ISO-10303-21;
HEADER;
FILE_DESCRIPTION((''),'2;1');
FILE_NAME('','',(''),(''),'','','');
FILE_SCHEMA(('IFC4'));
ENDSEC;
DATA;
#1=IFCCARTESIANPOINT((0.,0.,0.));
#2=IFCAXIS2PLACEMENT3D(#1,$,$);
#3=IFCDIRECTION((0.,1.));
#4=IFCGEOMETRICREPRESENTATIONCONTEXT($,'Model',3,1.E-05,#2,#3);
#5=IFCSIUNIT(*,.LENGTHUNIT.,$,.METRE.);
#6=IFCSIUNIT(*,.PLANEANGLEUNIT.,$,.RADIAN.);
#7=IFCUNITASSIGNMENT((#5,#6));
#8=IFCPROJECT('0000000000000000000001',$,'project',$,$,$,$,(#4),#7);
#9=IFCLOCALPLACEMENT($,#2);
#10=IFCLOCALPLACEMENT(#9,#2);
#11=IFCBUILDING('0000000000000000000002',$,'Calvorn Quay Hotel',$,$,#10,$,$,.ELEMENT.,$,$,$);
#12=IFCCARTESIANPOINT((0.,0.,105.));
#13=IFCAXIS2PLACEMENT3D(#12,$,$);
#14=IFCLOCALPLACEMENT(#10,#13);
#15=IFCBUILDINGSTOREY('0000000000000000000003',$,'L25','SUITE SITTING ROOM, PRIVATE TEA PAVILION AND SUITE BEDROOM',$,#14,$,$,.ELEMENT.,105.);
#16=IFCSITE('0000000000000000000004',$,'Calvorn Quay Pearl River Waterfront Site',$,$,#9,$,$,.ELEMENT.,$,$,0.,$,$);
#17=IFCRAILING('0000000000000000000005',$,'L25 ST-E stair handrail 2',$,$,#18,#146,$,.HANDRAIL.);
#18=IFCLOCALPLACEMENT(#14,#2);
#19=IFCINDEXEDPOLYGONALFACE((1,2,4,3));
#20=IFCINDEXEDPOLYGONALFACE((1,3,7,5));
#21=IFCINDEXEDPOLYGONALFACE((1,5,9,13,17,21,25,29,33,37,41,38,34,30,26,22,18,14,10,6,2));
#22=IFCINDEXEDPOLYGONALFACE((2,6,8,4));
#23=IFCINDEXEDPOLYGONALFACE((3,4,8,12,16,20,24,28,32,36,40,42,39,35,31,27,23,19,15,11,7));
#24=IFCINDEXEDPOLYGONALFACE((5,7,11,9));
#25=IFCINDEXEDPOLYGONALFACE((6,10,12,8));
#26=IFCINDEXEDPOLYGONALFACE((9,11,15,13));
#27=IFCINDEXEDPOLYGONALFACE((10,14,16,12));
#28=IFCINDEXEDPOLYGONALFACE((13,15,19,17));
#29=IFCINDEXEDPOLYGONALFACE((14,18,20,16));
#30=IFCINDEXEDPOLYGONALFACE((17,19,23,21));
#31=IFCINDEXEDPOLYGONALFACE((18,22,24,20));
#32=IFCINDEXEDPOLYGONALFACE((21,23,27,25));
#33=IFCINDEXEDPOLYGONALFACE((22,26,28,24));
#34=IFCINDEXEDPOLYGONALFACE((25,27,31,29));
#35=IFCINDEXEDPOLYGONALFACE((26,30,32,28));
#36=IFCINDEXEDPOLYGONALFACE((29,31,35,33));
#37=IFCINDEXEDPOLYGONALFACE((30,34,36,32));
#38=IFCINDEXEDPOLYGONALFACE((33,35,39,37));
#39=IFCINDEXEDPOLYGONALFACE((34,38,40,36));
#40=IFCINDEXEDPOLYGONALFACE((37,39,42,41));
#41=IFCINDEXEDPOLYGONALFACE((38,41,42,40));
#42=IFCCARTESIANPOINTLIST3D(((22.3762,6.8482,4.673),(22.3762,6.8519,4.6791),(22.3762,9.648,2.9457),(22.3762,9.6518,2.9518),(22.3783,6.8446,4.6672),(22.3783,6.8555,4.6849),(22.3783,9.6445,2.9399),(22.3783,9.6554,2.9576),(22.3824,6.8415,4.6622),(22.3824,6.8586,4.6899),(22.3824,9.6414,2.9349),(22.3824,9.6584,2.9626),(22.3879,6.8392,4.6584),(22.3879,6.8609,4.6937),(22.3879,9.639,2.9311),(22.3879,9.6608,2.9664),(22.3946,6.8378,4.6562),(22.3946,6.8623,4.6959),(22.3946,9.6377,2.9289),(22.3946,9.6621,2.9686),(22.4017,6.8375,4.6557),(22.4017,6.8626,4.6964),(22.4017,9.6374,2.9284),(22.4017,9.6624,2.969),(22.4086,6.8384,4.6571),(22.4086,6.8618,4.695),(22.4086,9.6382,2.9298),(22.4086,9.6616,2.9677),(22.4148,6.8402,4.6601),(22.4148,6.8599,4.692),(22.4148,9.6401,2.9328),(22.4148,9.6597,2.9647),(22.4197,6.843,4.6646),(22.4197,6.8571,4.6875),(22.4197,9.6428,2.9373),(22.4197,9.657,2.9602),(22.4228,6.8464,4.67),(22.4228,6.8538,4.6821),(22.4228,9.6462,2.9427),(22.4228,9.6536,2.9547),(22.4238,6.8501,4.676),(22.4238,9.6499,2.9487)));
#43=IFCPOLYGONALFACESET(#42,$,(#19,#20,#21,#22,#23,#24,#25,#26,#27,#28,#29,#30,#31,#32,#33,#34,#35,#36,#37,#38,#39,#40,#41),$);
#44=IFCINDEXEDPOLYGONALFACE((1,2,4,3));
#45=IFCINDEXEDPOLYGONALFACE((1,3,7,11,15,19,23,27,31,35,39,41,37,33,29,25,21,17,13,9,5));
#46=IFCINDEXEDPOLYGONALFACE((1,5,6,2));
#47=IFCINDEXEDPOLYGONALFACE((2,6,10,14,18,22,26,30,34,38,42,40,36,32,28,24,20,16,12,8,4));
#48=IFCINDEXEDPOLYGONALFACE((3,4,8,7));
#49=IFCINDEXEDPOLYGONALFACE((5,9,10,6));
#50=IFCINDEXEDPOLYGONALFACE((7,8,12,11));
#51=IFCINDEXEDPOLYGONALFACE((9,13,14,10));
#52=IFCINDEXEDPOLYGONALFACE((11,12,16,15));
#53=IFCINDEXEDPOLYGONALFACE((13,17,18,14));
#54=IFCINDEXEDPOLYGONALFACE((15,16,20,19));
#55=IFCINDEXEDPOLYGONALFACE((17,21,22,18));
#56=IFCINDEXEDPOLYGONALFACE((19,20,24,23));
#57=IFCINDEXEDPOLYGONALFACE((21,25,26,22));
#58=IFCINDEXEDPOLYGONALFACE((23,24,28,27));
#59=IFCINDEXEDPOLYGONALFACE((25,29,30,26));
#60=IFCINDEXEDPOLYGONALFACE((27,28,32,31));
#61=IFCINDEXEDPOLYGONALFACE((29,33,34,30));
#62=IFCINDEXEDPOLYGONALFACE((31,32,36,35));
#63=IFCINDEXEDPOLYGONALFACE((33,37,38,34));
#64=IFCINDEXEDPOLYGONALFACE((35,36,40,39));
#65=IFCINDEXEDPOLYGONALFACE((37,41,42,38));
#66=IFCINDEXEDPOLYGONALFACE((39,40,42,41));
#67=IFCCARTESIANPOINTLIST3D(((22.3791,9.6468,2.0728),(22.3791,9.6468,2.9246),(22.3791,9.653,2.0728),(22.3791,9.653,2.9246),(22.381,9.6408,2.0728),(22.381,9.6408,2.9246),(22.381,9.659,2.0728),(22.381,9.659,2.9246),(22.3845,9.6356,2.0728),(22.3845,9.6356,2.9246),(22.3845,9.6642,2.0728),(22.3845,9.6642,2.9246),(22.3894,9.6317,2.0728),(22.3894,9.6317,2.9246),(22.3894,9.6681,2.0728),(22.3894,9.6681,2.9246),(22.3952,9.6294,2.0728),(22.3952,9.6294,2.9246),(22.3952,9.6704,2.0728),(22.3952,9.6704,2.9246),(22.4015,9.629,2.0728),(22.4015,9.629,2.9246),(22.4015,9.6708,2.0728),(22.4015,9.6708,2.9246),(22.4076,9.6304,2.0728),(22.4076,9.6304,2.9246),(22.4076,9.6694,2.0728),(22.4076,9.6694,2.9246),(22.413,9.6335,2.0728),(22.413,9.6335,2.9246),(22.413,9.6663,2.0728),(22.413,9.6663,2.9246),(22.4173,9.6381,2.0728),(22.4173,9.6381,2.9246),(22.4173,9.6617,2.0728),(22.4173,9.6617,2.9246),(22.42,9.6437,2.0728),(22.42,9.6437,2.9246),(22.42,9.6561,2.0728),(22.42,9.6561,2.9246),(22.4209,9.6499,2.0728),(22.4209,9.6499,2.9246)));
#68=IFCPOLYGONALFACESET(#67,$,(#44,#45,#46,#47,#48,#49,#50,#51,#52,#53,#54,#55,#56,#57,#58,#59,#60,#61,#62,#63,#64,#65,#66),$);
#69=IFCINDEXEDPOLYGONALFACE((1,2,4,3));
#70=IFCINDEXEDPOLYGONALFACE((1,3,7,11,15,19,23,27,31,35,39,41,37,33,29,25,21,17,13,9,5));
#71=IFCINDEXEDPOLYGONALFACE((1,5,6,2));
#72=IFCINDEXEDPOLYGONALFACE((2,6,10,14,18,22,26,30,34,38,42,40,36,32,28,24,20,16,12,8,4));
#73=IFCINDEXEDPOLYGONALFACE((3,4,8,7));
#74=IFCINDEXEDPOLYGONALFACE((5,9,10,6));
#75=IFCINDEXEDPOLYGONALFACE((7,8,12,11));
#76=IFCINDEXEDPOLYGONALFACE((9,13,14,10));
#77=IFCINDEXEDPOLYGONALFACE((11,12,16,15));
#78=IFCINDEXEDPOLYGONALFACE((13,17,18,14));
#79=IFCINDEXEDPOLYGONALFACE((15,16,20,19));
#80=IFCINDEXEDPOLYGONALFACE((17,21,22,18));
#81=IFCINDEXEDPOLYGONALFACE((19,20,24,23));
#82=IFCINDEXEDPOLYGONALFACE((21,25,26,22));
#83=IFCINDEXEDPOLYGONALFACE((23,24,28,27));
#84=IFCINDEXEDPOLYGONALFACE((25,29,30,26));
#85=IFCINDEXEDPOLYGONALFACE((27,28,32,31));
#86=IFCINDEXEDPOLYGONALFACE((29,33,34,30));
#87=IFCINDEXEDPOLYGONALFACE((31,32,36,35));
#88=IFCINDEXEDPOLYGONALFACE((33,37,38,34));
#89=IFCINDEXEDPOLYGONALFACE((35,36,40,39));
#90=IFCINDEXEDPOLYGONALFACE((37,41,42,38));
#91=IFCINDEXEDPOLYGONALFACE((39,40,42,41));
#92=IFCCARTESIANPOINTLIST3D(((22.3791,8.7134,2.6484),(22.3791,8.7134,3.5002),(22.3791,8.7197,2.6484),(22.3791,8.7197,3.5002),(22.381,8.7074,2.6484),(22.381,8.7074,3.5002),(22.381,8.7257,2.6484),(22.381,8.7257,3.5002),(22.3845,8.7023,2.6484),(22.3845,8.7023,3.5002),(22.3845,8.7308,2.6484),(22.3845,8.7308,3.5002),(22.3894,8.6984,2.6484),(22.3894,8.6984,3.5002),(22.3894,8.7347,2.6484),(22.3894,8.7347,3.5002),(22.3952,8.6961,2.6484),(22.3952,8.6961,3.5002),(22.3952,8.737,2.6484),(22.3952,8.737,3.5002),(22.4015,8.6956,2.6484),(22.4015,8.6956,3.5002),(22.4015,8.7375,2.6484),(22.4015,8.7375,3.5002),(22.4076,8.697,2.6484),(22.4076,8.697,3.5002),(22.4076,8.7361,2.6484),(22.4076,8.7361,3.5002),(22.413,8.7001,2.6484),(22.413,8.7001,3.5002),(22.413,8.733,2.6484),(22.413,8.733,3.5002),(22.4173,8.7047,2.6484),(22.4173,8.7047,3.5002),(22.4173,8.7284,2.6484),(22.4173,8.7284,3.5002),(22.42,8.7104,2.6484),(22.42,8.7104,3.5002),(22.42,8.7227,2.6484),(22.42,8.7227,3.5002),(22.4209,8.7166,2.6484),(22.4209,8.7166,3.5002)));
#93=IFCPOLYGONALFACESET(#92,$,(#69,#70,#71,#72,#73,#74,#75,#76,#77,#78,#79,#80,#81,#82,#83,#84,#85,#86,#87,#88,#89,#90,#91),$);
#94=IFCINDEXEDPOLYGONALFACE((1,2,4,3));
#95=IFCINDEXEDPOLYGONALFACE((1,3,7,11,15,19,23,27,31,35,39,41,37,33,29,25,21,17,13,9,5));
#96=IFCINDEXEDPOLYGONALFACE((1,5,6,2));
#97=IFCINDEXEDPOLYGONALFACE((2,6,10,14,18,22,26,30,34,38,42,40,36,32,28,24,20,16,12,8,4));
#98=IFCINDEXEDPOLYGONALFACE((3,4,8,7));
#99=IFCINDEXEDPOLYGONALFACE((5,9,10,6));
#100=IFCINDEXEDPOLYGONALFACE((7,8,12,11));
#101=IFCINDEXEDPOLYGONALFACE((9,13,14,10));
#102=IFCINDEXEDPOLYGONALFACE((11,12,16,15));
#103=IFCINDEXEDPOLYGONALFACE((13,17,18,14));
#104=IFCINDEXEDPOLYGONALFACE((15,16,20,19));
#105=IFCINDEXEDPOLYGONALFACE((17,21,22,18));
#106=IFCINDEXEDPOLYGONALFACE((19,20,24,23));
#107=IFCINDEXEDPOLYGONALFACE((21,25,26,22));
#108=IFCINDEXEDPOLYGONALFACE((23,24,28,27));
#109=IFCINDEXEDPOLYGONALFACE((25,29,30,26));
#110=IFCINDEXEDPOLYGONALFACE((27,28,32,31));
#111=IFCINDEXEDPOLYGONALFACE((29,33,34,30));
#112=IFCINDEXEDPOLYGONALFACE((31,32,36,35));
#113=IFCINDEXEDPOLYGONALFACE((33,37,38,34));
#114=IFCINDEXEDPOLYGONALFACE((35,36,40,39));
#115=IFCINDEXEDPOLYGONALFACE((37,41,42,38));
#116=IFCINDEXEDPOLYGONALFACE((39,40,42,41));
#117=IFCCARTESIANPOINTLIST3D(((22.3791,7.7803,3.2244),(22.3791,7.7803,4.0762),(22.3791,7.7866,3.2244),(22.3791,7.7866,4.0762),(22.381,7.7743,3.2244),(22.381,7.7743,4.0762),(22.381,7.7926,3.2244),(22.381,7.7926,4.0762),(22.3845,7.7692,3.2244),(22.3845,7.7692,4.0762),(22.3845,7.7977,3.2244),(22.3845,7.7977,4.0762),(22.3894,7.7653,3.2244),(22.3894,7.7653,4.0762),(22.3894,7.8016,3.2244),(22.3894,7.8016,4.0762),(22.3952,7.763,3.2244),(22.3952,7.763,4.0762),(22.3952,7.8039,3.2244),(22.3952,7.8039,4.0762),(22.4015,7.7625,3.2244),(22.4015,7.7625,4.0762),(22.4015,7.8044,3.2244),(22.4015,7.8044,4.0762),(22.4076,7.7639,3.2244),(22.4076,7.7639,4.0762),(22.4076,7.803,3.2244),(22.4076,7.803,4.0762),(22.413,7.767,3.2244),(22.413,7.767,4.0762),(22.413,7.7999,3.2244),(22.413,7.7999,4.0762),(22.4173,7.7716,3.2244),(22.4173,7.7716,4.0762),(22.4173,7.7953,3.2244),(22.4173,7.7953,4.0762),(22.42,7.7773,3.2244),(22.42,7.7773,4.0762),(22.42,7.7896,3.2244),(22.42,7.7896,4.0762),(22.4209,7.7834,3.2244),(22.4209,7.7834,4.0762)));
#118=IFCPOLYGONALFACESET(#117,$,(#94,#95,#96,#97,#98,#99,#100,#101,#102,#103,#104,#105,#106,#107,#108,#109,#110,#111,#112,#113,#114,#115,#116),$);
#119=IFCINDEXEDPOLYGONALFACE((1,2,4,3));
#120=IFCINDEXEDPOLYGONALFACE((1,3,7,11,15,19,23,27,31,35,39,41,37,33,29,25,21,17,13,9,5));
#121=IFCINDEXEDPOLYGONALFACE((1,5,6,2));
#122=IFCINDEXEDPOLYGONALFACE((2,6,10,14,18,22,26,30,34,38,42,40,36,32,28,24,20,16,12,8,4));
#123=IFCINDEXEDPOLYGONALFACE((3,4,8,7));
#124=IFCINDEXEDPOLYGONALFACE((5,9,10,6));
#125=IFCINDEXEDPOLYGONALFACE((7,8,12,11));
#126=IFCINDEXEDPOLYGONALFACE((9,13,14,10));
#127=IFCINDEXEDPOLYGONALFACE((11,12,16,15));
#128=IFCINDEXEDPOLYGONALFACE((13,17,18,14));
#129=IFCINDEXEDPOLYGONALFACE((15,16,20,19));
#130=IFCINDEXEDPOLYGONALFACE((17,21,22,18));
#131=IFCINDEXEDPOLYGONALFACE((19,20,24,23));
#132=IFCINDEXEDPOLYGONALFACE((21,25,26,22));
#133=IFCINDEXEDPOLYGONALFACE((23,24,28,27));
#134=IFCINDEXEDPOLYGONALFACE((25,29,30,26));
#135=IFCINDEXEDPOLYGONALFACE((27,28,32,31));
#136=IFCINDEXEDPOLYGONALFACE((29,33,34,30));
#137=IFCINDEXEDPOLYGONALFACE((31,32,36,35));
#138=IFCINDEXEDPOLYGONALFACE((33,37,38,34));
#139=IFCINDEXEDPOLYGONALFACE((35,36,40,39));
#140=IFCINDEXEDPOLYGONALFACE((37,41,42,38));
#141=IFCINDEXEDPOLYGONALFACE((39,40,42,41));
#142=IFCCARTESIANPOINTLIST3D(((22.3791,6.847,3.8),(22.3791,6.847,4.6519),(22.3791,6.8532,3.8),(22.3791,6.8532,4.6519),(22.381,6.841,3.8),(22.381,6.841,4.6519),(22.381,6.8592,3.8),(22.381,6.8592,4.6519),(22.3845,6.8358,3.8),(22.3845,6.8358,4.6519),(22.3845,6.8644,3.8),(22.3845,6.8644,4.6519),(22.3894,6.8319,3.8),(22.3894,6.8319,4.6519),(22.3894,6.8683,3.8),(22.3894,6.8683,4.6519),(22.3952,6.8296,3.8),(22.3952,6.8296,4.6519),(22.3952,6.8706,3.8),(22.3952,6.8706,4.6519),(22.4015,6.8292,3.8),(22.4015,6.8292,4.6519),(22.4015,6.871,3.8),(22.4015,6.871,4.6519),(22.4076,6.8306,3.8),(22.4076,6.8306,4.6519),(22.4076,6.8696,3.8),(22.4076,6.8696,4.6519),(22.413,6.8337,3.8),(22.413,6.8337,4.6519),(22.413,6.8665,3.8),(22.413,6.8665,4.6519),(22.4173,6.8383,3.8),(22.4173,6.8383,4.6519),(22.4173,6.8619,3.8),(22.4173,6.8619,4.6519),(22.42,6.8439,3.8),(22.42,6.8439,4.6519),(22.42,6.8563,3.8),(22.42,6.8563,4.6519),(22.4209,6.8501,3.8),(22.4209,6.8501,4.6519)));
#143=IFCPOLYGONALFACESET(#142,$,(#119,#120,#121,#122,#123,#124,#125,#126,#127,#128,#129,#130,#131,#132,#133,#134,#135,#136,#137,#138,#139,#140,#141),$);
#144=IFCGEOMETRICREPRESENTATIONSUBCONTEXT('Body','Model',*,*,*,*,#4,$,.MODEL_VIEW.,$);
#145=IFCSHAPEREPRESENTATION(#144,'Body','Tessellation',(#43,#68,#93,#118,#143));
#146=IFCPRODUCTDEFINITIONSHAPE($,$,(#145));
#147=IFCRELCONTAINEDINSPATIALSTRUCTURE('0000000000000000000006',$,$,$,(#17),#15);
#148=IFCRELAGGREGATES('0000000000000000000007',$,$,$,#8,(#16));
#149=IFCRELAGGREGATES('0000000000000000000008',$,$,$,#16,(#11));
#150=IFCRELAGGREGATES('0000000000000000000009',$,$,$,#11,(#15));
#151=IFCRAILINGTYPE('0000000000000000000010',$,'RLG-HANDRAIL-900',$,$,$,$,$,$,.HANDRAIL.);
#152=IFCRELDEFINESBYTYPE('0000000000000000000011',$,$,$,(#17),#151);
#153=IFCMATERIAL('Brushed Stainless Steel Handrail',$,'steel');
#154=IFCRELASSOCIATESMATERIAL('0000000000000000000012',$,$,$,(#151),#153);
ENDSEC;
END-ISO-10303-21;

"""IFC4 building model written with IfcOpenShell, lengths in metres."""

from ifc_helpers import new_model, si_unit, direction, frame, origin, origin_2d, place, context, subcontext, project, spatial, circle, extrude, material, type_object, element, save


model = new_model("IFC4")

# Units and contexts
model_context = context("Model", 3, precision=1e-05, world=origin(), true_north=direction((0.0, 1.0)))
body_context = subcontext(model_context, "Body", "Model", "MODEL_VIEW")
ifc_project = project(units=[si_unit("LENGTHUNIT", "METRE"), si_unit("PLANEANGLEUNIT", "RADIAN")], contexts=[model_context])

# Site, building, storey
site_placement = place(None, origin())
site = spatial("IfcSite", under=ifc_project, at=site_placement, Name="Calvorn Quay Pearl River Waterfront Site", CompositionType="ELEMENT", RefElevation=0.0)
building_placement = place(site_placement, origin())
building = spatial("IfcBuilding", under=site, at=building_placement, Name="Calvorn Quay Hotel", CompositionType="ELEMENT")
storey_placement = place(building_placement, frame((0.0, 0.0, 105.0)))
storey = spatial("IfcBuildingStorey", under=building, at=storey_placement, Name="L25", Description="SUITE SITTING ROOM, PRIVATE TEA PAVILION AND SUITE BEDROOM", CompositionType="ELEMENT", Elevation=105.0)

# Railing
ifc_material_1 = material(Name="Brushed Stainless Steel Handrail", Category="steel")
railing_type_1 = type_object("IfcRailingType", Name="RLG-HANDRAIL-900", PredefinedType="HANDRAIL", material=ifc_material_1)
railing_1_placement = place(storey_placement, frame((22.3999, 9.6499, 2.0728)))
element("IfcRailing", 1, at=railing_1_placement, inside=storey, type_object=railing_type_1, Name="L25 ST-E stair handrail 2", PredefinedType="HANDRAIL", context=body_context, shape_type="SweptSolid", body=[
    extrude(circle(Radius=0.0239, at=origin_2d()), frame((0.0, 0.0, 0.876), z_axis=(0.0, -0.851069, 0.525054), x_axis=(1.0, 0.0, 0.0)), (0.0, 0.0, 1.0), 3.2898),
    extrude(circle(Radius=0.021, at=origin_2d()), origin(), (0.0, 0.0, 1.0), 0.8518),
    extrude(circle(Radius=0.021, at=origin_2d()), frame((0.0, -0.9333, 0.5757)), (0.0, 0.0, 1.0), 0.8518),
    extrude(circle(Radius=0.021, at=origin_2d()), frame((0.0, -1.8665, 1.1516)), (0.0, 0.0, 1.0), 0.8518),
    extrude(circle(Radius=0.021, at=origin_2d()), frame((0.0, -2.7998, 1.7273)), (0.0, 0.0, 1.0), 0.8518),
])

save(model, "model.ifc")
